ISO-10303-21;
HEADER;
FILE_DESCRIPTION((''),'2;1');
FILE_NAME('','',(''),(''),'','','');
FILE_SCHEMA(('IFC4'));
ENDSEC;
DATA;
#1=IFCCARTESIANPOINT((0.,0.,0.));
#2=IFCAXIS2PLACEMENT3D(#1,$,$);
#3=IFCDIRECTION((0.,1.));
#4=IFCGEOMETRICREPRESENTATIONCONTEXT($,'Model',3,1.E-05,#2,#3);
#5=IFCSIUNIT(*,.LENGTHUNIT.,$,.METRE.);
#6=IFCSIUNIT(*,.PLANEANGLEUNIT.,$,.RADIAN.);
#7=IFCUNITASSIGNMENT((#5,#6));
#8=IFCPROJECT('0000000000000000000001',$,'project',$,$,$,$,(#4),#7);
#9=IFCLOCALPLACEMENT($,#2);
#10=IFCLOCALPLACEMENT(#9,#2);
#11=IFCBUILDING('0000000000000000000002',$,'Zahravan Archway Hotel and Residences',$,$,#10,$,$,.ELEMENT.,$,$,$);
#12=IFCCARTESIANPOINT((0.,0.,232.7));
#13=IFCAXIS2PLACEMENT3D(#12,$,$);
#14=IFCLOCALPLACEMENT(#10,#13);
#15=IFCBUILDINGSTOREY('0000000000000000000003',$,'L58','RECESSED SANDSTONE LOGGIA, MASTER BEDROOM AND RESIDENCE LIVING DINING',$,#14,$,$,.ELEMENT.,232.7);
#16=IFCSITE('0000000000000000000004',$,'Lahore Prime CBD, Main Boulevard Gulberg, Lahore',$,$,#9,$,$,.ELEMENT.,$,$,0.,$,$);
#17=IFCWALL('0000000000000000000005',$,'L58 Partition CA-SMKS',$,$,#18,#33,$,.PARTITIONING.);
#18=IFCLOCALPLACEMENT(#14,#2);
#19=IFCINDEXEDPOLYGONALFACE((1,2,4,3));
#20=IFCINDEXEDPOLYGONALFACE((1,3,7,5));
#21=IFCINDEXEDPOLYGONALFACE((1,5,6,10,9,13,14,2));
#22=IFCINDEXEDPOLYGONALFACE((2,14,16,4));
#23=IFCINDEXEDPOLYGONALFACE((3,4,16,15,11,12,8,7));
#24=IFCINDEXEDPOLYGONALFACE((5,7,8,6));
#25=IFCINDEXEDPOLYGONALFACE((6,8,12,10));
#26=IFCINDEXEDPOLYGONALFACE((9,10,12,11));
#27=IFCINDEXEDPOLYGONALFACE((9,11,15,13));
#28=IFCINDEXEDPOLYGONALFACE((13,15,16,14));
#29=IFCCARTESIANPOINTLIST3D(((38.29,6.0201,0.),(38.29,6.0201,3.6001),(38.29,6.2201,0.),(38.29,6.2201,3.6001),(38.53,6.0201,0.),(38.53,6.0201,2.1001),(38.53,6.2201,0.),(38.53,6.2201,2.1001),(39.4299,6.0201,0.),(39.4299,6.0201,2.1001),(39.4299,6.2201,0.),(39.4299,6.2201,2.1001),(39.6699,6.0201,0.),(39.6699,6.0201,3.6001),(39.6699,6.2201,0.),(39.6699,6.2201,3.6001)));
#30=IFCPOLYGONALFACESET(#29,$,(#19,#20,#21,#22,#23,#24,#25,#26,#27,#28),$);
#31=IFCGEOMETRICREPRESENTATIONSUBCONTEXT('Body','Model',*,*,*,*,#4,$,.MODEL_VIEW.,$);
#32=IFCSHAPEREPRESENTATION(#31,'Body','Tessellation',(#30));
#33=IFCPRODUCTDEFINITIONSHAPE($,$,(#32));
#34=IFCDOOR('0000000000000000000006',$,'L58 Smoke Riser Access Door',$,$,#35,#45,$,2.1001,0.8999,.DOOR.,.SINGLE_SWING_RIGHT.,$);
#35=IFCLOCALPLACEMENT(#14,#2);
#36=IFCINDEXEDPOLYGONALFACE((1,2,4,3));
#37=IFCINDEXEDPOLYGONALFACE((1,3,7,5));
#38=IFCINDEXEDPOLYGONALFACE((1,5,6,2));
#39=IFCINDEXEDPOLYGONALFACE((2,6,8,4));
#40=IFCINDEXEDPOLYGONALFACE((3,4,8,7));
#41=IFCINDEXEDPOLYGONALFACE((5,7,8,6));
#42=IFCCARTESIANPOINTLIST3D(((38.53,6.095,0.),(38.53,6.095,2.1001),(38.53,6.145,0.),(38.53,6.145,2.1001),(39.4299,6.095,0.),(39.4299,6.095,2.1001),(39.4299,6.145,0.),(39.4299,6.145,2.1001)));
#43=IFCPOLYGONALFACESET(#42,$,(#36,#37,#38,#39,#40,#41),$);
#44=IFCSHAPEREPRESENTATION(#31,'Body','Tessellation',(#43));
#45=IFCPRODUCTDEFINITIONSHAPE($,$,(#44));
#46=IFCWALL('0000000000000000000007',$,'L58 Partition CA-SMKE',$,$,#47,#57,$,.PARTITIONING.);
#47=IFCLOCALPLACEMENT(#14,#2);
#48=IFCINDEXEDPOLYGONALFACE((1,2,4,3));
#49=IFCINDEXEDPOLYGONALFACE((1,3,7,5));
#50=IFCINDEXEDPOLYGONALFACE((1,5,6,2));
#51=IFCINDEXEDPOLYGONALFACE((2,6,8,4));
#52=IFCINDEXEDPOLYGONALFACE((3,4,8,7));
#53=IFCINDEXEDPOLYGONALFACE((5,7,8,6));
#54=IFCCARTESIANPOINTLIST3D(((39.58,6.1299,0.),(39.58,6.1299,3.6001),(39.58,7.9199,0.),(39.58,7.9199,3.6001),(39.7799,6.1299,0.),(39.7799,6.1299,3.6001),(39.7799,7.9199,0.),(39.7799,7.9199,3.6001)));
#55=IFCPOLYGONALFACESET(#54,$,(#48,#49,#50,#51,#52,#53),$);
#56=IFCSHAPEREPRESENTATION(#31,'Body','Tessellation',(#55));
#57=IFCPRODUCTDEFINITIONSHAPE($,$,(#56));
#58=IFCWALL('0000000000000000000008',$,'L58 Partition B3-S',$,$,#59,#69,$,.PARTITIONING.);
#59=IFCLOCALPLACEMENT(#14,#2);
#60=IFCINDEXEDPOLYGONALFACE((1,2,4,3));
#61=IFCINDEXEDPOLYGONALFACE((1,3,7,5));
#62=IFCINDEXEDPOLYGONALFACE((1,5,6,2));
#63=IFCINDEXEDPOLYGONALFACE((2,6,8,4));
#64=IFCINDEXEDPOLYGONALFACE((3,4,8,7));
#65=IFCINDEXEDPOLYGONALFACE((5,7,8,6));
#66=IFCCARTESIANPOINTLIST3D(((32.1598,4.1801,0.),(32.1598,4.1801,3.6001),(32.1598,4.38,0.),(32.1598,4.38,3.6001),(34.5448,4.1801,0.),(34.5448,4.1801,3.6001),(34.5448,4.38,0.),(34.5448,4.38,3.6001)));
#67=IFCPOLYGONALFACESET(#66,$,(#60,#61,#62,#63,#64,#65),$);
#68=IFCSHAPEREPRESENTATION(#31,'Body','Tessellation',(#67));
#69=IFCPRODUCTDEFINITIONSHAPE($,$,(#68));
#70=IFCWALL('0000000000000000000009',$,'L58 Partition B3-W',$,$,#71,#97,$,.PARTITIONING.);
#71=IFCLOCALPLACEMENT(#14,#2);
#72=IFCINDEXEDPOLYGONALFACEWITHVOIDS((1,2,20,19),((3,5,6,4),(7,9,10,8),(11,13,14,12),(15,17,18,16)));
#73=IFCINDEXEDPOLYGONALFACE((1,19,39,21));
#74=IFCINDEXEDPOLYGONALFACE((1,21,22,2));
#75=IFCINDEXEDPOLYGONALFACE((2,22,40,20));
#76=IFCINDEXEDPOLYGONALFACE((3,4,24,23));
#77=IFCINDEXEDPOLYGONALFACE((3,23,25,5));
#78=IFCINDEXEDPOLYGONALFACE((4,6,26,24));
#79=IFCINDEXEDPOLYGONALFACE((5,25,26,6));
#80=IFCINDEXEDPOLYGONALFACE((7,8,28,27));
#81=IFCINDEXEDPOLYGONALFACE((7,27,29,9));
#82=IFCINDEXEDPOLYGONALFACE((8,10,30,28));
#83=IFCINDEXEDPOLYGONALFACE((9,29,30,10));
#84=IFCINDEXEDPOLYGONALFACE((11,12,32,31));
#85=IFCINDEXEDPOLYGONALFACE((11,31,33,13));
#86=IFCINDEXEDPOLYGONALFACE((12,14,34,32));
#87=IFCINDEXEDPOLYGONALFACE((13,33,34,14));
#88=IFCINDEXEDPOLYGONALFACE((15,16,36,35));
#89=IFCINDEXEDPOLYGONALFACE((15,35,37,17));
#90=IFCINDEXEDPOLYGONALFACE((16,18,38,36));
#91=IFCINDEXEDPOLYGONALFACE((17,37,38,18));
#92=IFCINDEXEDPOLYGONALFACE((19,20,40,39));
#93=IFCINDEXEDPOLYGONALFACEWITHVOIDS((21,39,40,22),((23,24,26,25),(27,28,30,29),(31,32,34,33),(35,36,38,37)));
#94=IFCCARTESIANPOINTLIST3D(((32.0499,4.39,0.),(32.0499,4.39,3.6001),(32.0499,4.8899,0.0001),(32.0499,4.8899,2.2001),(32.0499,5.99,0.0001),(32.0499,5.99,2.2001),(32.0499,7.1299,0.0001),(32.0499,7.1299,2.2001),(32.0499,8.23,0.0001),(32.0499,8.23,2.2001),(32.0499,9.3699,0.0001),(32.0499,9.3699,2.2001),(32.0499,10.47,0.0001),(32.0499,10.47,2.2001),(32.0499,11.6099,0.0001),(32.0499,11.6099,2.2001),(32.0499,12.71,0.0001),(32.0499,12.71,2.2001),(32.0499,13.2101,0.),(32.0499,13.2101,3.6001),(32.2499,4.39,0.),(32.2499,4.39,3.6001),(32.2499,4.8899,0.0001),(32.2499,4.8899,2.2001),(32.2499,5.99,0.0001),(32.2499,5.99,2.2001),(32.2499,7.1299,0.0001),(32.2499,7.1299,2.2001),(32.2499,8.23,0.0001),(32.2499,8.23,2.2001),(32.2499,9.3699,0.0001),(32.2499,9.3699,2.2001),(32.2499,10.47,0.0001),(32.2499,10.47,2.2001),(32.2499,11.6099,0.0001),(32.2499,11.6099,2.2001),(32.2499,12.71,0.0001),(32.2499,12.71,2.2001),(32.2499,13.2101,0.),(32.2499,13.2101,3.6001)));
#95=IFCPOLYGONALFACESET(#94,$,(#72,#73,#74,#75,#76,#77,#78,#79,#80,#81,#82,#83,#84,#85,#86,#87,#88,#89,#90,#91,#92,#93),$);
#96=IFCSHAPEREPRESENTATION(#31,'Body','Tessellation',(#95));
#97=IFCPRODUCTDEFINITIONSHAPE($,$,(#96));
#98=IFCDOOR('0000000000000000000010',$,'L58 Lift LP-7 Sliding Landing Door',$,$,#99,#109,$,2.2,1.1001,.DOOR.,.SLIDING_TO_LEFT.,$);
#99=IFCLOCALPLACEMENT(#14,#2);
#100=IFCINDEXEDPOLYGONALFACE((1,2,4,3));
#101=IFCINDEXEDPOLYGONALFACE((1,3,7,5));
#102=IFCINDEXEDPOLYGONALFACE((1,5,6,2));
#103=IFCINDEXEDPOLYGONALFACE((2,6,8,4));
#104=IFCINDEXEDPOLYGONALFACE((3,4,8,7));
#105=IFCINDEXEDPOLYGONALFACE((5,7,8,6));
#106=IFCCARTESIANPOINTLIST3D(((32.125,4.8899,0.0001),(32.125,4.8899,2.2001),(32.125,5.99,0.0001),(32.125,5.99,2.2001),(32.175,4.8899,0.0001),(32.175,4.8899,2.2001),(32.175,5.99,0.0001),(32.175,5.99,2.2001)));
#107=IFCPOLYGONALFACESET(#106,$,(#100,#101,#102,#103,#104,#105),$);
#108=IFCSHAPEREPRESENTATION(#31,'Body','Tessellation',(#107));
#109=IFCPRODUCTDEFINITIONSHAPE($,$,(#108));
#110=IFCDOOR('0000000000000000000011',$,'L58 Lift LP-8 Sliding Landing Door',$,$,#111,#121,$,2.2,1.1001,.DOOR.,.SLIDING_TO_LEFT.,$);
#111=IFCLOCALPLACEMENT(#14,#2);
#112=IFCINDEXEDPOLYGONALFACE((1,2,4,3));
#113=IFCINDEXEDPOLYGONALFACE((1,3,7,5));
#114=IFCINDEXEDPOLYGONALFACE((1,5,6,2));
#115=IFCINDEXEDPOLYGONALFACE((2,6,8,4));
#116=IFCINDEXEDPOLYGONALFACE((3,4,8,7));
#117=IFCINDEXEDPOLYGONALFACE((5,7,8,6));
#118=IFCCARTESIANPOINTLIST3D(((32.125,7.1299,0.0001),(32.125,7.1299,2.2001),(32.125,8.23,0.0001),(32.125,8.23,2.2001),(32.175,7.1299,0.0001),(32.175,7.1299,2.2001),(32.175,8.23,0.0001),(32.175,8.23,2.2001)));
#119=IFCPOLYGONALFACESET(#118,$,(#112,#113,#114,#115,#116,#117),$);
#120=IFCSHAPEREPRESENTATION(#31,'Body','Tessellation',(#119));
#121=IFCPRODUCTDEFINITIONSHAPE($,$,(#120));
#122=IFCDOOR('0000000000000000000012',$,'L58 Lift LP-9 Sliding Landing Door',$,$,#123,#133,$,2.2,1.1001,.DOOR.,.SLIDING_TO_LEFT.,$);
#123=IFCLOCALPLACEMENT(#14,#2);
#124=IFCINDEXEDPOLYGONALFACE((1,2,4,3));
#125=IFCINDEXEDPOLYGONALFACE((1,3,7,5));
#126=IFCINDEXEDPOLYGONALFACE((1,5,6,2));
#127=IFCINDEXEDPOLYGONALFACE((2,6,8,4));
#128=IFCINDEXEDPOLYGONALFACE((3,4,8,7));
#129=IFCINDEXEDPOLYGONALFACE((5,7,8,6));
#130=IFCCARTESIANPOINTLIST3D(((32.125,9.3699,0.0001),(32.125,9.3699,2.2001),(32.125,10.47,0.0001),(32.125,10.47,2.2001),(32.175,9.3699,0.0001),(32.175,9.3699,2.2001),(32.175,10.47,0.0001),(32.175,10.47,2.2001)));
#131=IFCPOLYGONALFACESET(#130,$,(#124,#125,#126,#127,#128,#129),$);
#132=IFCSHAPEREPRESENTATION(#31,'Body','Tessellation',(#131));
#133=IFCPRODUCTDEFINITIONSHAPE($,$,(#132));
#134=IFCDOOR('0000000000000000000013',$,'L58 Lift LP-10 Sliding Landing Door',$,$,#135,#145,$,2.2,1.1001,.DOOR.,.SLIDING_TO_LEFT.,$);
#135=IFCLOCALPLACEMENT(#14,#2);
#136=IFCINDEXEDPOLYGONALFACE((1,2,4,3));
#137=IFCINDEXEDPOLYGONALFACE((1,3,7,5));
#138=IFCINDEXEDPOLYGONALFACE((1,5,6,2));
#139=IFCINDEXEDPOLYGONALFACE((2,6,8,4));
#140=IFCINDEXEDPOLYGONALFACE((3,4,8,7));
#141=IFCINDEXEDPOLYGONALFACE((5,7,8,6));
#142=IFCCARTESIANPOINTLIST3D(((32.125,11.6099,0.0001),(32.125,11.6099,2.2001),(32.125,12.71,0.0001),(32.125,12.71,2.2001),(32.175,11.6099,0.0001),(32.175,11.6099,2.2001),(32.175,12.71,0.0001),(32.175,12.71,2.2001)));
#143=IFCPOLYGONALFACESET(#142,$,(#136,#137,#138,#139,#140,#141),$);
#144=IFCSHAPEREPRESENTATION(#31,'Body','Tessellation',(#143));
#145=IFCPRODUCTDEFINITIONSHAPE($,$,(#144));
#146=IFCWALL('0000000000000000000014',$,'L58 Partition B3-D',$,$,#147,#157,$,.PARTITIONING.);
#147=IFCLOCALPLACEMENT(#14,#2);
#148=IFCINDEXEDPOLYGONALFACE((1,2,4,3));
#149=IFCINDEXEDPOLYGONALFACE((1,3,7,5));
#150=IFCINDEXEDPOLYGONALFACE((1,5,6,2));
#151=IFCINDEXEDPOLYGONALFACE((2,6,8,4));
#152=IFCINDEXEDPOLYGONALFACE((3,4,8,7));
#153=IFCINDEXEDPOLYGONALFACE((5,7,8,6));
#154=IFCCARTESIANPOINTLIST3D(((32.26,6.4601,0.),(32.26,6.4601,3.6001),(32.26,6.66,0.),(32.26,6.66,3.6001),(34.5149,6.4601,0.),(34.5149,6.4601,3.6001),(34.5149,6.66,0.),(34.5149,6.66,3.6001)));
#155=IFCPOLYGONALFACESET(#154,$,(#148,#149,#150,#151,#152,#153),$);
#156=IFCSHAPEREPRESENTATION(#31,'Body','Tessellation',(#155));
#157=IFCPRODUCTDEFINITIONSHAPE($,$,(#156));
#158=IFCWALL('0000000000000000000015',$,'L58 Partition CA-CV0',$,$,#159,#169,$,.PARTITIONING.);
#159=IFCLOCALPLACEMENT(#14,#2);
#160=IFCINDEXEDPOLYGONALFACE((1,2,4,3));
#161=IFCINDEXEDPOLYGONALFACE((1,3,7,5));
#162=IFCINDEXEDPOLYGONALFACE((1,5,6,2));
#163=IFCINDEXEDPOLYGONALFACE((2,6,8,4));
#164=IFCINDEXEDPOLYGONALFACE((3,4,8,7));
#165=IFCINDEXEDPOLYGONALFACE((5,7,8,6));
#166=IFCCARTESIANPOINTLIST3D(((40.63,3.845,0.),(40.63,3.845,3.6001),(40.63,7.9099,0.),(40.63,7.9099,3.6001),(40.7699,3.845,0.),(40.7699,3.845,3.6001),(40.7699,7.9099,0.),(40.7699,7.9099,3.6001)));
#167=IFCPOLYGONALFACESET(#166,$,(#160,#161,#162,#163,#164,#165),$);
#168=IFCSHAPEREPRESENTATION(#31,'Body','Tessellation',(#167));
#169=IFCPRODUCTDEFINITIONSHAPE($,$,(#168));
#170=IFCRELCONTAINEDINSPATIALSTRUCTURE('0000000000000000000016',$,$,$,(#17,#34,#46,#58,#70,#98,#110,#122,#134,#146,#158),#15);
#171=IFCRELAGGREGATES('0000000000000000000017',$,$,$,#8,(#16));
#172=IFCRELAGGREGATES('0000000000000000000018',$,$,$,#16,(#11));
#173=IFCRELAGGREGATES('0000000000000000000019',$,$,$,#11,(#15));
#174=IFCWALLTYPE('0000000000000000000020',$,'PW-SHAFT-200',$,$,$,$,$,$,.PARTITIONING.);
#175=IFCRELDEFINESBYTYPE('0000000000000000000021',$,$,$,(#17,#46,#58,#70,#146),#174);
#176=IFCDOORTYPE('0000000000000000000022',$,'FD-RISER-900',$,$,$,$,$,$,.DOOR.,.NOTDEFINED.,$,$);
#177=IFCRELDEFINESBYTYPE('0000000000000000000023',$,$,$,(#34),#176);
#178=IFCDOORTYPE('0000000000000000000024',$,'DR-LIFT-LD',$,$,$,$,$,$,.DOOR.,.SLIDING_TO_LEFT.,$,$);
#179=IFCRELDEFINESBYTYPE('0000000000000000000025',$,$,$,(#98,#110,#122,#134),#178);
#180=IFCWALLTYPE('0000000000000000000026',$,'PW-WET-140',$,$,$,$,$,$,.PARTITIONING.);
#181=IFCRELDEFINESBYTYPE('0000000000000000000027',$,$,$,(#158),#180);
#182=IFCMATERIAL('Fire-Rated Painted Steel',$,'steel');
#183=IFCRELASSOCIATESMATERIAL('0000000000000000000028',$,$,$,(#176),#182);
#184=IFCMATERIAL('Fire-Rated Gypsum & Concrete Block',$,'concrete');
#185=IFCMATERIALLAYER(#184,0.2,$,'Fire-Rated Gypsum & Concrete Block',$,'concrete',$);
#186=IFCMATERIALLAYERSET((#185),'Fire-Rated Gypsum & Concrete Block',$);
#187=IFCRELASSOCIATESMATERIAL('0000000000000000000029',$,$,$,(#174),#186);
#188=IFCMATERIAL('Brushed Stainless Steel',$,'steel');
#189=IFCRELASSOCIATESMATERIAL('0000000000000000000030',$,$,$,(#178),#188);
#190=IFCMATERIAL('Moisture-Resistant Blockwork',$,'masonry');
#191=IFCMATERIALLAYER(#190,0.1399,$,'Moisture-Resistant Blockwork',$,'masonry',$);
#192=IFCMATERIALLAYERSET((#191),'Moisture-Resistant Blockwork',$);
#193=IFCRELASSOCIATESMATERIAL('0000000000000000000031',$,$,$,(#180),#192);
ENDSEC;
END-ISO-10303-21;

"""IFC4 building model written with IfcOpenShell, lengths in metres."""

from ifc_helpers import new_model, si_unit, direction, frame, frame_2d, origin, place, context, subcontext, project, spatial, rectangle, extrude, source, transform, mapped, material, layer, layer_set, type_object, type_shapes, element, fill, save


model = new_model("IFC4")

# Units and contexts
model_context = context("Model", 3, precision=1e-05, world=origin(), true_north=direction((0.0, 1.0)))
body_context = subcontext(model_context, "Body", "Model", "MODEL_VIEW")
ifc_project = project(units=[si_unit("LENGTHUNIT", "METRE"), si_unit("PLANEANGLEUNIT", "RADIAN")], contexts=[model_context])

# Site, building, storey
site_placement = place(None, origin())
site = spatial("IfcSite", under=ifc_project, at=site_placement, Name="Lahore Prime CBD, Main Boulevard Gulberg, Lahore", CompositionType="ELEMENT", RefElevation=0.0)
building_placement = place(site_placement, origin())
building = spatial("IfcBuilding", under=site, at=building_placement, Name="Zahravan Archway Hotel and Residences", CompositionType="ELEMENT")
storey_placement = place(building_placement, frame((0.0, 0.0, 232.7)))
storey = spatial("IfcBuildingStorey", under=building, at=storey_placement, Name="L58", Description="RECESSED SANDSTONE LOGGIA, MASTER BEDROOM AND RESIDENCE LIVING DINING", CompositionType="ELEMENT", Elevation=232.7)

# Shared definitions
ifc_material_1 = material(Name="Fire-Rated Painted Steel", Category="steel")
door_type_1 = type_object("IfcDoorType", Name="FD-RISER-900", OperationType="NOTDEFINED", PredefinedType="DOOR", material=ifc_material_1)
shared_shape_1 = source(origin(), body_context, "Body", "SweptSolid", [
    extrude(rectangle(XDim=0.8999, YDim=2.1001, at=frame_2d((0.45, 1.05))), frame((0.0, 0.0249, 0.0), z_axis=(0.0, -1.0, 0.0), x_axis=(1.0, 0.0, 0.0)), (0.0, 0.0, 1.0), 0.05),
])
type_shapes(door_type_1, [shared_shape_1])

# Wall, opening, door
ifc_material_2 = material(Name="Fire-Rated Gypsum & Concrete Block", Category="concrete")
ifc_layer_1 = layer(ifc_material_2, 0.2, Name="Fire-Rated Gypsum & Concrete Block", Category="concrete")
ifc_layer_set_1 = layer_set([ifc_layer_1], Name="Fire-Rated Gypsum & Concrete Block")
wall_type_1 = type_object("IfcWallType", Name="PW-SHAFT-200", PredefinedType="PARTITIONING", material=ifc_layer_set_1)
wall_1_placement = place(storey_placement, frame((38.29, 6.1201, 0.0), z_axis=(0.0, 0.0, 1.0), x_axis=(1.0, 0.0, 0.0)))
wall_1 = element("IfcWall", 1, at=wall_1_placement, inside=storey, type_object=wall_type_1, Name="L58 Partition CA-SMKS", PredefinedType="PARTITIONING", context=body_context, shape_type="SweptSolid", body=[
    extrude(rectangle(XDim=1.3799, YDim=0.2, at=frame_2d((0.6899, 0.0))), origin(), (0.0, 0.0, 1.0), 3.6001),
])
opening_1_placement = place(wall_1_placement, frame((0.24, 0.0, 0.0)))
opening_1 = element("IfcOpeningElement", 2, at=opening_1_placement, cuts=wall_1, PredefinedType="OPENING", context=body_context, shape_type="SweptSolid", body=[
    extrude(rectangle(XDim=0.8999, YDim=2.1001, at=frame_2d((0.45, 1.05))), frame((0.0, 0.1099, 0.0), z_axis=(0.0, -1.0, 0.0), x_axis=(1.0, 0.0, 0.0)), (0.0, 0.0, 1.0), 0.22),
])
door_1_placement = place(opening_1_placement, origin())
door_1 = element("IfcDoor", 3, at=door_1_placement, inside=storey, type_object=door_type_1, Name="L58 Smoke Riser Access Door", OperationType="SINGLE_SWING_RIGHT", OverallHeight=2.1001, OverallWidth=0.8999, PredefinedType="DOOR", context=body_context, shape_type="MappedRepresentation", body=[
    mapped(shared_shape_1, transform((0.0, 0.0, 0.0), scale=1.0)),
])
fill(opening_1, door_1)

# Walls
wall_2_placement = place(storey_placement, frame((39.6799, 6.1299, 0.0), z_axis=(0.0, 0.0, 1.0), x_axis=(0.0, 1.0, 0.0)))
element("IfcWall", 4, at=wall_2_placement, inside=storey, type_object=wall_type_1, Name="L58 Partition CA-SMKE", PredefinedType="PARTITIONING", context=body_context, shape_type="SweptSolid", body=[
    extrude(rectangle(XDim=1.79, YDim=0.2, at=frame_2d((0.895, 0.0))), origin(), (0.0, 0.0, 1.0), 3.6001),
])
wall_3_placement = place(storey_placement, frame((32.1599, 4.28, 0.0), z_axis=(0.0, 0.0, 1.0), x_axis=(1.0, 0.0, 0.0)))
element("IfcWall", 5, at=wall_3_placement, inside=storey, type_object=wall_type_1, Name="L58 Partition B3-S", PredefinedType="PARTITIONING", context=body_context, shape_type="SweptSolid", body=[
    extrude(rectangle(XDim=2.385, YDim=0.2, at=frame_2d((1.1924, 0.0))), origin(), (0.0, 0.0, 1.0), 3.6001),
])

# Wall, openings, doors
wall_4_placement = place(storey_placement, frame((32.1499, 4.3899, 0.0), z_axis=(0.0, 0.0, 1.0), x_axis=(0.0, 1.0, 0.0)))
wall_4 = element("IfcWall", 6, at=wall_4_placement, inside=storey, type_object=wall_type_1, Name="L58 Partition B3-W", PredefinedType="PARTITIONING", context=body_context, shape_type="SweptSolid", body=[
    extrude(rectangle(XDim=8.8201, YDim=0.2, at=frame_2d((4.4102, 0.0))), origin(), (0.0, 0.0, 1.0), 3.6001),
])
opening_2_placement = place(wall_4_placement, frame((0.5, 0.0, 0.0)))
opening_2 = element("IfcOpeningElement", 7, at=opening_2_placement, cuts=wall_4, PredefinedType="OPENING", context=body_context, shape_type="SweptSolid", body=[
    extrude(rectangle(XDim=1.1001, YDim=2.2, at=frame_2d((0.55, 1.1001))), frame((0.0, 0.1099, 0.0), z_axis=(0.0, -1.0, 0.0), x_axis=(1.0, 0.0, 0.0)), (0.0, 0.0, 1.0), 0.22),
])
opening_3_placement = place(wall_4_placement, frame((2.74, 0.0, 0.0)))
opening_3 = element("IfcOpeningElement", 8, at=opening_3_placement, cuts=wall_4, PredefinedType="OPENING", context=body_context, shape_type="SweptSolid", body=[
    extrude(rectangle(XDim=1.1001, YDim=2.2, at=frame_2d((0.55, 1.1001))), frame((0.0, 0.1099, 0.0), z_axis=(0.0, -1.0, 0.0), x_axis=(1.0, 0.0, 0.0)), (0.0, 0.0, 1.0), 0.22),
])
opening_4_placement = place(wall_4_placement, frame((4.98, 0.0, 0.0)))
opening_4 = element("IfcOpeningElement", 9, at=opening_4_placement, cuts=wall_4, PredefinedType="OPENING", context=body_context, shape_type="SweptSolid", body=[
    extrude(rectangle(XDim=1.1001, YDim=2.2, at=frame_2d((0.55, 1.1001))), frame((0.0, 0.1099, 0.0), z_axis=(0.0, -1.0, 0.0), x_axis=(1.0, 0.0, 0.0)), (0.0, 0.0, 1.0), 0.22),
])
opening_5_placement = place(wall_4_placement, frame((7.22, 0.0, 0.0)))
opening_5 = element("IfcOpeningElement", 10, at=opening_5_placement, cuts=wall_4, PredefinedType="OPENING", context=body_context, shape_type="SweptSolid", body=[
    extrude(rectangle(XDim=1.1001, YDim=2.2, at=frame_2d((0.55, 1.1001))), frame((0.0, 0.1099, 0.0), z_axis=(0.0, -1.0, 0.0), x_axis=(1.0, 0.0, 0.0)), (0.0, 0.0, 1.0), 0.22),
])
ifc_material_3 = material(Name="Brushed Stainless Steel", Category="steel")
door_type_2 = type_object("IfcDoorType", Name="DR-LIFT-LD", OperationType="SLIDING_TO_LEFT", PredefinedType="DOOR", material=ifc_material_3)
shared_shape_2 = source(origin(), body_context, "Body", "SweptSolid", [
    extrude(rectangle(XDim=1.1001, YDim=2.2, at=frame_2d((0.55, 1.1001))), frame((0.0, 0.0249, 0.0), z_axis=(0.0, -1.0, 0.0), x_axis=(1.0, 0.0, 0.0)), (0.0, 0.0, 1.0), 0.05),
])
type_shapes(door_type_2, [shared_shape_2])
door_2_placement = place(opening_2_placement, origin())
door_2 = element("IfcDoor", 11, at=door_2_placement, inside=storey, type_object=door_type_2, Name="L58 Lift LP-7 Sliding Landing Door", OperationType="SLIDING_TO_LEFT", OverallHeight=2.2, OverallWidth=1.1001, PredefinedType="DOOR", context=body_context, shape_type="MappedRepresentation", body=[
    mapped(shared_shape_2, transform((0.0, 0.0, 0.0), scale=1.0)),
])
fill(opening_2, door_2)
door_3_placement = place(opening_3_placement, origin())
door_3 = element("IfcDoor", 12, at=door_3_placement, inside=storey, type_object=door_type_2, Name="L58 Lift LP-8 Sliding Landing Door", OperationType="SLIDING_TO_LEFT", OverallHeight=2.2, OverallWidth=1.1001, PredefinedType="DOOR", context=body_context, shape_type="MappedRepresentation", body=[
    mapped(shared_shape_2, transform((0.0, 0.0, 0.0), scale=1.0)),
])
fill(opening_3, door_3)
door_4_placement = place(opening_4_placement, origin())
door_4 = element("IfcDoor", 13, at=door_4_placement, inside=storey, type_object=door_type_2, Name="L58 Lift LP-9 Sliding Landing Door", OperationType="SLIDING_TO_LEFT", OverallHeight=2.2, OverallWidth=1.1001, PredefinedType="DOOR", context=body_context, shape_type="MappedRepresentation", body=[
    mapped(shared_shape_2, transform((0.0, 0.0, 0.0), scale=1.0)),
])
fill(opening_4, door_4)
door_5_placement = place(opening_5_placement, origin())
door_5 = element("IfcDoor", 14, at=door_5_placement, inside=storey, type_object=door_type_2, Name="L58 Lift LP-10 Sliding Landing Door", OperationType="SLIDING_TO_LEFT", OverallHeight=2.2, OverallWidth=1.1001, PredefinedType="DOOR", context=body_context, shape_type="MappedRepresentation", body=[
    mapped(shared_shape_2, transform((0.0, 0.0, 0.0), scale=1.0)),
])
fill(opening_5, door_5)

# Walls
wall_5_placement = place(storey_placement, frame((32.26, 6.5601, 0.0), z_axis=(0.0, 0.0, 1.0), x_axis=(1.0, 0.0, 0.0)))
element("IfcWall", 15, at=wall_5_placement, inside=storey, type_object=wall_type_1, Name="L58 Partition B3-D", PredefinedType="PARTITIONING", context=body_context, shape_type="SweptSolid", body=[
    extrude(rectangle(XDim=2.2549, YDim=0.2, at=frame_2d((1.1274, 0.0))), origin(), (0.0, 0.0, 1.0), 3.6001),
])
ifc_material_4 = material(Name="Moisture-Resistant Blockwork", Category="masonry")
ifc_layer_2 = layer(ifc_material_4, 0.1399, Name="Moisture-Resistant Blockwork", Category="masonry")
ifc_layer_set_2 = layer_set([ifc_layer_2], Name="Moisture-Resistant Blockwork")
wall_type_2 = type_object("IfcWallType", Name="PW-WET-140", PredefinedType="PARTITIONING", material=ifc_layer_set_2)
wall_6_placement = place(storey_placement, frame((40.7, 3.845, 0.0), z_axis=(0.0, 0.0, 1.0), x_axis=(0.0, 1.0, 0.0)))
element("IfcWall", 16, at=wall_6_placement, inside=storey, type_object=wall_type_2, Name="L58 Partition CA-CV0", PredefinedType="PARTITIONING", context=body_context, shape_type="SweptSolid", body=[
    extrude(rectangle(XDim=4.0649, YDim=0.1399, at=frame_2d((2.0325, 0.0))), origin(), (0.0, 0.0, 1.0), 3.6001),
])

save(model, "model.ifc")
